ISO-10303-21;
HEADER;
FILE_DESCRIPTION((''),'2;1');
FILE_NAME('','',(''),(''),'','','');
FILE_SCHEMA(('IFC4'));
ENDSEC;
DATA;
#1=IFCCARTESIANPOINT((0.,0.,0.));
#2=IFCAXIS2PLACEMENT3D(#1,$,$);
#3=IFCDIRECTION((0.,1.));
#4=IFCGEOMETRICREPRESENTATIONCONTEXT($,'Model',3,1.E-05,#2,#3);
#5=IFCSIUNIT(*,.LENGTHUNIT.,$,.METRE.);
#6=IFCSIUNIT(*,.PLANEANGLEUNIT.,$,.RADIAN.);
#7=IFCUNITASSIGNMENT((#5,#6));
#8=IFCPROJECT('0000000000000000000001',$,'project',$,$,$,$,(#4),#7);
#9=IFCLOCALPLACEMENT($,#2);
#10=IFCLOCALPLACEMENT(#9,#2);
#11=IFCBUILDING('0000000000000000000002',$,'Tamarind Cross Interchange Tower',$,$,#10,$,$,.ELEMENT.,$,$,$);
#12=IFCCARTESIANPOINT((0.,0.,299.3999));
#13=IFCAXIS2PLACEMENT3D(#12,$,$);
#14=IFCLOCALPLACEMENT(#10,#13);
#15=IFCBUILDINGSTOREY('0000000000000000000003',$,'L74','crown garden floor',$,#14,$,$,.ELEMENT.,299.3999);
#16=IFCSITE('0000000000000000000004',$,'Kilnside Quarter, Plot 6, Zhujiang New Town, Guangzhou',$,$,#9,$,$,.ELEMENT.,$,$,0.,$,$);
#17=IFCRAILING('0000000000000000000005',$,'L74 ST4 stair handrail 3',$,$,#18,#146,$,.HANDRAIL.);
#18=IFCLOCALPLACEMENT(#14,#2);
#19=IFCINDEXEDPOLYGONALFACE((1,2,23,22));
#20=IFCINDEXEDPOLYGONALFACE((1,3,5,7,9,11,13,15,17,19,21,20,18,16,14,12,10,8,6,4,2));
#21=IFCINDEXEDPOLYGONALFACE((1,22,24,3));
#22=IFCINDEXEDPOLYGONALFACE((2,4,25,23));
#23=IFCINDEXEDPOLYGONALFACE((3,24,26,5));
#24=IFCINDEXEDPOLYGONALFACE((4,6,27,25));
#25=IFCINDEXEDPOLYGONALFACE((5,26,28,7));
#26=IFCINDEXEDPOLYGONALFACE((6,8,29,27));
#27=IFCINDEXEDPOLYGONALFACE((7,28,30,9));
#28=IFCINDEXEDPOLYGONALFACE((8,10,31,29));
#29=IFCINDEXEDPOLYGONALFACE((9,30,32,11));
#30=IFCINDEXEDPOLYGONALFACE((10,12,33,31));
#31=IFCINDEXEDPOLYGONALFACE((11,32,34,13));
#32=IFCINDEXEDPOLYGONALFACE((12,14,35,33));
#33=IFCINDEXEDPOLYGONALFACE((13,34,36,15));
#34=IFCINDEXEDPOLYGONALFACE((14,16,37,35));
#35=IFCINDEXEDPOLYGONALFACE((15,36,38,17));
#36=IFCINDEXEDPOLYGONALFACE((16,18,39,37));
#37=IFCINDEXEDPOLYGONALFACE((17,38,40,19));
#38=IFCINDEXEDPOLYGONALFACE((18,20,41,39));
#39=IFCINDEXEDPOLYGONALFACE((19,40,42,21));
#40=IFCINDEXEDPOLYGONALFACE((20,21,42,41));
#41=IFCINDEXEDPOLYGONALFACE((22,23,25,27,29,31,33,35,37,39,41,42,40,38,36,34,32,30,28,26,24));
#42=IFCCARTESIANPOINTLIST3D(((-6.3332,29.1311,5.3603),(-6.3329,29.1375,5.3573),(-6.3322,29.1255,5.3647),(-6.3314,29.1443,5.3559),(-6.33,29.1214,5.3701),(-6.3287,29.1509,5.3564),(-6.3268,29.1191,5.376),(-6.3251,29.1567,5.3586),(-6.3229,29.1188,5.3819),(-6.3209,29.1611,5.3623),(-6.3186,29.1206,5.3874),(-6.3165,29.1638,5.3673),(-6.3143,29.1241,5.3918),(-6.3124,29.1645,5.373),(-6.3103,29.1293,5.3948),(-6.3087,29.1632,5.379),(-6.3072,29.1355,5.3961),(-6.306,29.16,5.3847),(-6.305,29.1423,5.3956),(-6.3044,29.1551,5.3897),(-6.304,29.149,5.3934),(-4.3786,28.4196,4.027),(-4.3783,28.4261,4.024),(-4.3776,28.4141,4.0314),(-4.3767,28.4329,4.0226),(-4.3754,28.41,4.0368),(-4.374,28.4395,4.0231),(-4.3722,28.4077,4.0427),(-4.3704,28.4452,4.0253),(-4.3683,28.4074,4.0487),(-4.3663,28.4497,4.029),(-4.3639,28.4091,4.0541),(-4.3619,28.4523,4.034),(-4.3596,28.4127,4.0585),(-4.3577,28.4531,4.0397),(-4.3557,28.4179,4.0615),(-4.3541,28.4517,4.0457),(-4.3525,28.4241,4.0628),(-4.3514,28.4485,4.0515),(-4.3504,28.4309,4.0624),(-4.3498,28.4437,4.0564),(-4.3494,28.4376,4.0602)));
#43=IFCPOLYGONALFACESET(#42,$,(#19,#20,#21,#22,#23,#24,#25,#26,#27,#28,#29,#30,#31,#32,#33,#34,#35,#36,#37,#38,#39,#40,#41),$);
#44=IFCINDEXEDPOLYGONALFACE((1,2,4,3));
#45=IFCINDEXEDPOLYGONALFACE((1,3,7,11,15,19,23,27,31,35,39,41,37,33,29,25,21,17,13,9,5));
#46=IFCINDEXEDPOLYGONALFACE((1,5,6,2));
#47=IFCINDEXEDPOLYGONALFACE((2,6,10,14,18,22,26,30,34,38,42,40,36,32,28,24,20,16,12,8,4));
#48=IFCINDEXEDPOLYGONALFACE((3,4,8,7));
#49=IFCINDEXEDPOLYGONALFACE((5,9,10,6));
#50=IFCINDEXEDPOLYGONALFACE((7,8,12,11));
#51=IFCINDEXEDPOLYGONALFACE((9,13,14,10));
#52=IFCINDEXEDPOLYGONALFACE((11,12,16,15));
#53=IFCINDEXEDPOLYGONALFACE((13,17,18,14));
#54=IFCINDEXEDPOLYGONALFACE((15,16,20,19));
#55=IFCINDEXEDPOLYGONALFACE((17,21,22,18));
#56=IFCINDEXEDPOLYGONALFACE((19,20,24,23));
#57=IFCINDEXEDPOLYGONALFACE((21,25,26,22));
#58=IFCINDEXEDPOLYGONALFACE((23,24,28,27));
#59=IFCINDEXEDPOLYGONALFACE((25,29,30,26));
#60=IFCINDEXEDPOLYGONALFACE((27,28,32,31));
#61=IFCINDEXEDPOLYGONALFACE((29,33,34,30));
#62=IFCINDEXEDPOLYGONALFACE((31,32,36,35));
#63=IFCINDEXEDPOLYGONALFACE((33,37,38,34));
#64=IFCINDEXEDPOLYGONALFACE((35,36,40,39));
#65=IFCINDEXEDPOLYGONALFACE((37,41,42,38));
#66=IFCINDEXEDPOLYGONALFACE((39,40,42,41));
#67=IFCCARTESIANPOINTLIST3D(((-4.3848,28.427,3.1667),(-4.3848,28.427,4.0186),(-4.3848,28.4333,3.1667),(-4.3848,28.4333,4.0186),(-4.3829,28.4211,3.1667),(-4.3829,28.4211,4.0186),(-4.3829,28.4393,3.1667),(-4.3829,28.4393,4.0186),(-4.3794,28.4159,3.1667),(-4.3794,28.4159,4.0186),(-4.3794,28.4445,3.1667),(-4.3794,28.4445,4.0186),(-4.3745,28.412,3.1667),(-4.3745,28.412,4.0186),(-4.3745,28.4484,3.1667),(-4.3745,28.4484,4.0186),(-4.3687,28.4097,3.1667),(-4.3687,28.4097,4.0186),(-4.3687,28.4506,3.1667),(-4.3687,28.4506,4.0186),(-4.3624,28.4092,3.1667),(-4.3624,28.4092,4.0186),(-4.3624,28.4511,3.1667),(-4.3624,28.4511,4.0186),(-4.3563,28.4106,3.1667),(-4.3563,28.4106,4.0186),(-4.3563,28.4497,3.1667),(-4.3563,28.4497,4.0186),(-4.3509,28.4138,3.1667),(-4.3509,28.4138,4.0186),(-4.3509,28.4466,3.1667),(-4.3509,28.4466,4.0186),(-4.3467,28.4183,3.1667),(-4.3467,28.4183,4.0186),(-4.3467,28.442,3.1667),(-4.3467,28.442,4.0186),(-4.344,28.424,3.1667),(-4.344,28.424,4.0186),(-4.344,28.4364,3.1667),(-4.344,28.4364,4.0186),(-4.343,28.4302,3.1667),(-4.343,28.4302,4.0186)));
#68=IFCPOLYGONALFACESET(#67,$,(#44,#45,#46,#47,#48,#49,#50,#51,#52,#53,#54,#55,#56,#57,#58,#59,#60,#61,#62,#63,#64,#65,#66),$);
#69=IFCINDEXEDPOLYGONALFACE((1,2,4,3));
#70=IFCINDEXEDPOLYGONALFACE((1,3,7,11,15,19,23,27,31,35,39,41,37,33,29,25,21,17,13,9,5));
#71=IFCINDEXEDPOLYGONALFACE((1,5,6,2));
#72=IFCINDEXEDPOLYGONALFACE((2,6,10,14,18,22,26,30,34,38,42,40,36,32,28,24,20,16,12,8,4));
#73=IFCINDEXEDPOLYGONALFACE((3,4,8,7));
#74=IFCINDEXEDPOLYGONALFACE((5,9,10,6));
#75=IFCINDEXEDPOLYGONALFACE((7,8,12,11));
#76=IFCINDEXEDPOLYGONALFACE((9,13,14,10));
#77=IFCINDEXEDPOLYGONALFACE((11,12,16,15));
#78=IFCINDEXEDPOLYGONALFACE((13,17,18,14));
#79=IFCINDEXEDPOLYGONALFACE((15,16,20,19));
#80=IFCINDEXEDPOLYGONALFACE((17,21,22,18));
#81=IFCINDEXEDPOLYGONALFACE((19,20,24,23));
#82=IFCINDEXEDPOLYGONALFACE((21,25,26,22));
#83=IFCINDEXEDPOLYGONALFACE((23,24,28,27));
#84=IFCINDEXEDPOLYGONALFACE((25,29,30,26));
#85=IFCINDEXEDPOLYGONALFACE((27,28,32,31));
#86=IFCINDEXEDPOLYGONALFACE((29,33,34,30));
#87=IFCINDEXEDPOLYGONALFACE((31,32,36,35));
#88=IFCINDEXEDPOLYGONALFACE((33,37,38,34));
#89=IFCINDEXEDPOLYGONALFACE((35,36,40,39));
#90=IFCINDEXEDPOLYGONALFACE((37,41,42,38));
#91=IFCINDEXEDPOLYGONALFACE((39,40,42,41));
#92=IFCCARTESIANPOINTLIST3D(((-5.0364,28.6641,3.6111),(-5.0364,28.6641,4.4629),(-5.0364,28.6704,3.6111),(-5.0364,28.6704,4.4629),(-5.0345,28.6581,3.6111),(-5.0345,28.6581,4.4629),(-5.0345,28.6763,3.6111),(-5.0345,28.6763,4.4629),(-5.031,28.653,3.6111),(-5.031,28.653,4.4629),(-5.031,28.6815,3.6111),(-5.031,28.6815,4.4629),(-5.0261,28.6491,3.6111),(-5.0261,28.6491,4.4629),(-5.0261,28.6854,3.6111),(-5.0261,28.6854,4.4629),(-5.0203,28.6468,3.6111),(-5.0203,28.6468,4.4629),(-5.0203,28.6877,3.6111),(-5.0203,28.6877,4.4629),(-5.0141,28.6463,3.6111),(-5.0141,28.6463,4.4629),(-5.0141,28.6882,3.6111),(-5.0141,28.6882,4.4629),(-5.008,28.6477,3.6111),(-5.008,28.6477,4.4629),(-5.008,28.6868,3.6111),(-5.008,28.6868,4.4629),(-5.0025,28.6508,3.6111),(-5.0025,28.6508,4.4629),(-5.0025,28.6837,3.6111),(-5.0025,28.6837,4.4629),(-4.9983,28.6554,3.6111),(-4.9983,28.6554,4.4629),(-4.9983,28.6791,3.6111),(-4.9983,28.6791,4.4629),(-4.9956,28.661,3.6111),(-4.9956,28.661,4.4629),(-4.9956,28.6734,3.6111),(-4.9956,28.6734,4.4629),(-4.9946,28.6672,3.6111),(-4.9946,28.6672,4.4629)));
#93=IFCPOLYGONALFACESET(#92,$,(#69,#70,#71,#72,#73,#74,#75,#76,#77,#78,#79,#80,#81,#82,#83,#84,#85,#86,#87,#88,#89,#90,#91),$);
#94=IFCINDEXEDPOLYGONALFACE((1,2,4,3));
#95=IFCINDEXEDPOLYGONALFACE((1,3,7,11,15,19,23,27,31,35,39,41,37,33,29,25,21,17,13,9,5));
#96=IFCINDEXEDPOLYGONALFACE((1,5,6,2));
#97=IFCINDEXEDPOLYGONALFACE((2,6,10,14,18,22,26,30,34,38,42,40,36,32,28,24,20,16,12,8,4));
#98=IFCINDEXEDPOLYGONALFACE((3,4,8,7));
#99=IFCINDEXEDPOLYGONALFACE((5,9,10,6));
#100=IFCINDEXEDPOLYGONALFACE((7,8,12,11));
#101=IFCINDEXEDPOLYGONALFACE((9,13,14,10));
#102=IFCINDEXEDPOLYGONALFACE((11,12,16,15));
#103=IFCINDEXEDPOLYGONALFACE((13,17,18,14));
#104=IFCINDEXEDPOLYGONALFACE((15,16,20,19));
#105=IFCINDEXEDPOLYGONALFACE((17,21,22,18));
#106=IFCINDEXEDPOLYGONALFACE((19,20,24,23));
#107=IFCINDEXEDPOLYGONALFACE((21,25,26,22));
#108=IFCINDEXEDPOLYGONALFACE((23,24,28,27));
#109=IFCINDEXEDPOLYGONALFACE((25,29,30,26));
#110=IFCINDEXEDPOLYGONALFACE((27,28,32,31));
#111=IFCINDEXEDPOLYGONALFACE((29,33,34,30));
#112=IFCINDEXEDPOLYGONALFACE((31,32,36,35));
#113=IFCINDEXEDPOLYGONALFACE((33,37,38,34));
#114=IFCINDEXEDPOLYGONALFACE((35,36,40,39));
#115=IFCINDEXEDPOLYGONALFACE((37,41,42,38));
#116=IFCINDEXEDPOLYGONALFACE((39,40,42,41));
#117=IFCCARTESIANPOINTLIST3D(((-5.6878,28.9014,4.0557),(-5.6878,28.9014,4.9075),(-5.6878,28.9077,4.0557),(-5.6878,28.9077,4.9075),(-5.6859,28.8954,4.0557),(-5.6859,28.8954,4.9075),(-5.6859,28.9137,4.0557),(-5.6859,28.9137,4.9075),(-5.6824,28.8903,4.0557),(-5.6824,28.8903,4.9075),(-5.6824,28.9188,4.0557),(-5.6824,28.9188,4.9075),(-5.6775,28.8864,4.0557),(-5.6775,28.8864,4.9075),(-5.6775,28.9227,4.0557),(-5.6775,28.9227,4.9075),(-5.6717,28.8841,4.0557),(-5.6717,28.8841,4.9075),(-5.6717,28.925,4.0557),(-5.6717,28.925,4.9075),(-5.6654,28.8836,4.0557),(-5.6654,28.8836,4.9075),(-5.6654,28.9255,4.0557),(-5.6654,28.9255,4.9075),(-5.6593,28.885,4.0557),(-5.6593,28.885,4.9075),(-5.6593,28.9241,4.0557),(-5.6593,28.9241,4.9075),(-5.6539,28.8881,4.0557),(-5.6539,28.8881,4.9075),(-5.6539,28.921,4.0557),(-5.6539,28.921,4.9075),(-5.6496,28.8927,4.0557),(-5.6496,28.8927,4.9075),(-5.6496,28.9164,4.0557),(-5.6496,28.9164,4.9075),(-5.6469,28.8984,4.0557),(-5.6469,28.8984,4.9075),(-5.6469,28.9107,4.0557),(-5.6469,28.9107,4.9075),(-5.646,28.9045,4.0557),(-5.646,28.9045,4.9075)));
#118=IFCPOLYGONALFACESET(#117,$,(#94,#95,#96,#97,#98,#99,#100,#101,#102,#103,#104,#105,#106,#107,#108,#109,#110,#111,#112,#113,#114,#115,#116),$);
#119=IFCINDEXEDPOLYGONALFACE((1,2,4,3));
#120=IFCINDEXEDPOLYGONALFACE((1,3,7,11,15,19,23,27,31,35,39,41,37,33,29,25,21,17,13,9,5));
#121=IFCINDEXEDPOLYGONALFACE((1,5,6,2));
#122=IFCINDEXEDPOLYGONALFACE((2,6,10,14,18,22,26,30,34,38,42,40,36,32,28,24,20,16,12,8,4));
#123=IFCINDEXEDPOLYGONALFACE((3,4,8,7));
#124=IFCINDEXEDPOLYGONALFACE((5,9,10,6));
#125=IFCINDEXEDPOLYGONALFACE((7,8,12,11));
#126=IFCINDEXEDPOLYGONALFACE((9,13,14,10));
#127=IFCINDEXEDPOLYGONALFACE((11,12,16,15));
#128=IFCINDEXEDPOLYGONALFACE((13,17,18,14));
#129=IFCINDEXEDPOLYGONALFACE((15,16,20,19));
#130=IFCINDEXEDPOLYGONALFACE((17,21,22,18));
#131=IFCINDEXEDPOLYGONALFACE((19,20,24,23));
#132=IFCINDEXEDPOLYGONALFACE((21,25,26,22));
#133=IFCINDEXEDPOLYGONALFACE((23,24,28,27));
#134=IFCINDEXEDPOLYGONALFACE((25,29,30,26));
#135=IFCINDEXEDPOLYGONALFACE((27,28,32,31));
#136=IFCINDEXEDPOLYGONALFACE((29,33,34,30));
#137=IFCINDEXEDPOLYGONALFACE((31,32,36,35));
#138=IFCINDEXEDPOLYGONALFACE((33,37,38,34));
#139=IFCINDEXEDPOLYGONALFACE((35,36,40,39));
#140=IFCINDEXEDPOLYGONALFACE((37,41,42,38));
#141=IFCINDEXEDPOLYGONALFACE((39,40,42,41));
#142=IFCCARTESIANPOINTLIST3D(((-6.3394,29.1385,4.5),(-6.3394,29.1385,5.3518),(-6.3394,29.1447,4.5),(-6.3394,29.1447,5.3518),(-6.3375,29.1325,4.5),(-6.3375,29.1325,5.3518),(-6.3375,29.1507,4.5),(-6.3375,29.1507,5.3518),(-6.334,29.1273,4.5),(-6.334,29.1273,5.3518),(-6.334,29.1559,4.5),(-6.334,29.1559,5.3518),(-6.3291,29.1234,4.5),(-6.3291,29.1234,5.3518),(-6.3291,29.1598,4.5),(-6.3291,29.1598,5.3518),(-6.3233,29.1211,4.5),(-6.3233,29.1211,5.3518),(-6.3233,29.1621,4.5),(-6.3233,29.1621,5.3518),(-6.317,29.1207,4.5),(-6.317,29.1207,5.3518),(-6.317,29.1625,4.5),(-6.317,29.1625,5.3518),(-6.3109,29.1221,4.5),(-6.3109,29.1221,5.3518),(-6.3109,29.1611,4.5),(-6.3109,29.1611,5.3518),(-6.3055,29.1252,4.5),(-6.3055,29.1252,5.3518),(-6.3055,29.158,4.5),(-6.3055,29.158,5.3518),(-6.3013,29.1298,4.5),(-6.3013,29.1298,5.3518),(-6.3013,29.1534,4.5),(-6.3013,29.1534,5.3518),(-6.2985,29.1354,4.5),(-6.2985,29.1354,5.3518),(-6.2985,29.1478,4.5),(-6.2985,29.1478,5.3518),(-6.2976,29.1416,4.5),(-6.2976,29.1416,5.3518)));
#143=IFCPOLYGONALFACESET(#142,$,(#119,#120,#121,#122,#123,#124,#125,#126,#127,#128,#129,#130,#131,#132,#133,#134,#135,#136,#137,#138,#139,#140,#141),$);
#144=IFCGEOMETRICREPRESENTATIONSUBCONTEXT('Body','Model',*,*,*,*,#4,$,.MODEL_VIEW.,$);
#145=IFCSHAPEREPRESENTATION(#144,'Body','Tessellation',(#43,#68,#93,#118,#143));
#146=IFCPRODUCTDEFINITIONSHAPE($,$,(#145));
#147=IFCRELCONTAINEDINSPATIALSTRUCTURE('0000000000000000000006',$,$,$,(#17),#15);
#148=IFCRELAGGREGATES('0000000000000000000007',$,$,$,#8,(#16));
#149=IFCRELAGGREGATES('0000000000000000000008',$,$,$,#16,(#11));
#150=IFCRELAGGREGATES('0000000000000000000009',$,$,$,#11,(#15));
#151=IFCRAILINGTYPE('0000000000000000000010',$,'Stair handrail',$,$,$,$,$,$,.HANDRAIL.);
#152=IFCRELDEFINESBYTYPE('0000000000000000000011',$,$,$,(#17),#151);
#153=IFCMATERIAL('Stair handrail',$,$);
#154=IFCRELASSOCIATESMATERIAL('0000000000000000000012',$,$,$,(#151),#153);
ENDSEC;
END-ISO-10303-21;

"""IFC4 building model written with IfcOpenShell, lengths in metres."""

from ifc_helpers import new_model, si_unit, direction, frame, origin, origin_2d, place, context, subcontext, project, spatial, circle, extrude, material, type_object, element, save


model = new_model("IFC4")

# Units and contexts
model_context = context("Model", 3, precision=1e-05, world=origin(), true_north=direction((0.0, 1.0)))
body_context = subcontext(model_context, "Body", "Model", "MODEL_VIEW")
ifc_project = project(units=[si_unit("LENGTHUNIT", "METRE"), si_unit("PLANEANGLEUNIT", "RADIAN")], contexts=[model_context])

# Site, building, storey
site_placement = place(None, origin())
site = spatial("IfcSite", under=ifc_project, at=site_placement, Name="Kilnside Quarter, Plot 6, Zhujiang New Town, Guangzhou", CompositionType="ELEMENT", RefElevation=0.0)
building_placement = place(site_placement, origin())
building = spatial("IfcBuilding", under=site, at=building_placement, Name="Tamarind Cross Interchange Tower", CompositionType="ELEMENT")
storey_placement = place(building_placement, frame((0.0, 0.0, 299.3999)))
storey = spatial("IfcBuildingStorey", under=building, at=storey_placement, Name="L74", Description="crown garden floor", CompositionType="ELEMENT", Elevation=299.3999)

# Railing
ifc_material_1 = material(Name="Stair handrail")
railing_type_1 = type_object("IfcRailingType", Name="Stair handrail", PredefinedType="HANDRAIL", material=ifc_material_1)
for number, where, name in (
    (1, (-4.364, 28.4302, 3.1667), "L74 ST4 stair handrail 3"),
):
    element("IfcRailing", number, at=place(storey_placement, frame(where)), inside=storey, type_object=railing_type_1, Name=name, PredefinedType="HANDRAIL", context=body_context, shape_type="SweptSolid", body=[
        extrude(circle(Radius=0.0239, at=origin_2d()), frame((0.0, 0.0, 0.876), z_axis=(-0.791124, 0.287951, 0.539636), x_axis=(-0.342026, -0.939691, 0.0)), (0.0, 0.0, 1.0), 2.4707),
        extrude(circle(Radius=0.021, at=origin_2d()), origin(), (0.0, 0.0, 1.0), 0.8518),
        extrude(circle(Radius=0.021, at=origin_2d()), frame((-0.6516, 0.2371, 0.4443)), (0.0, 0.0, 1.0), 0.8518),
        extrude(circle(Radius=0.021, at=origin_2d()), frame((-1.303, 0.4744, 0.8889)), (0.0, 0.0, 1.0), 0.8518),
        extrude(circle(Radius=0.021, at=origin_2d()), frame((-1.9546, 0.7114, 1.3333)), (0.0, 0.0, 1.0), 0.8518),
    ])

save(model, "model.ifc")
